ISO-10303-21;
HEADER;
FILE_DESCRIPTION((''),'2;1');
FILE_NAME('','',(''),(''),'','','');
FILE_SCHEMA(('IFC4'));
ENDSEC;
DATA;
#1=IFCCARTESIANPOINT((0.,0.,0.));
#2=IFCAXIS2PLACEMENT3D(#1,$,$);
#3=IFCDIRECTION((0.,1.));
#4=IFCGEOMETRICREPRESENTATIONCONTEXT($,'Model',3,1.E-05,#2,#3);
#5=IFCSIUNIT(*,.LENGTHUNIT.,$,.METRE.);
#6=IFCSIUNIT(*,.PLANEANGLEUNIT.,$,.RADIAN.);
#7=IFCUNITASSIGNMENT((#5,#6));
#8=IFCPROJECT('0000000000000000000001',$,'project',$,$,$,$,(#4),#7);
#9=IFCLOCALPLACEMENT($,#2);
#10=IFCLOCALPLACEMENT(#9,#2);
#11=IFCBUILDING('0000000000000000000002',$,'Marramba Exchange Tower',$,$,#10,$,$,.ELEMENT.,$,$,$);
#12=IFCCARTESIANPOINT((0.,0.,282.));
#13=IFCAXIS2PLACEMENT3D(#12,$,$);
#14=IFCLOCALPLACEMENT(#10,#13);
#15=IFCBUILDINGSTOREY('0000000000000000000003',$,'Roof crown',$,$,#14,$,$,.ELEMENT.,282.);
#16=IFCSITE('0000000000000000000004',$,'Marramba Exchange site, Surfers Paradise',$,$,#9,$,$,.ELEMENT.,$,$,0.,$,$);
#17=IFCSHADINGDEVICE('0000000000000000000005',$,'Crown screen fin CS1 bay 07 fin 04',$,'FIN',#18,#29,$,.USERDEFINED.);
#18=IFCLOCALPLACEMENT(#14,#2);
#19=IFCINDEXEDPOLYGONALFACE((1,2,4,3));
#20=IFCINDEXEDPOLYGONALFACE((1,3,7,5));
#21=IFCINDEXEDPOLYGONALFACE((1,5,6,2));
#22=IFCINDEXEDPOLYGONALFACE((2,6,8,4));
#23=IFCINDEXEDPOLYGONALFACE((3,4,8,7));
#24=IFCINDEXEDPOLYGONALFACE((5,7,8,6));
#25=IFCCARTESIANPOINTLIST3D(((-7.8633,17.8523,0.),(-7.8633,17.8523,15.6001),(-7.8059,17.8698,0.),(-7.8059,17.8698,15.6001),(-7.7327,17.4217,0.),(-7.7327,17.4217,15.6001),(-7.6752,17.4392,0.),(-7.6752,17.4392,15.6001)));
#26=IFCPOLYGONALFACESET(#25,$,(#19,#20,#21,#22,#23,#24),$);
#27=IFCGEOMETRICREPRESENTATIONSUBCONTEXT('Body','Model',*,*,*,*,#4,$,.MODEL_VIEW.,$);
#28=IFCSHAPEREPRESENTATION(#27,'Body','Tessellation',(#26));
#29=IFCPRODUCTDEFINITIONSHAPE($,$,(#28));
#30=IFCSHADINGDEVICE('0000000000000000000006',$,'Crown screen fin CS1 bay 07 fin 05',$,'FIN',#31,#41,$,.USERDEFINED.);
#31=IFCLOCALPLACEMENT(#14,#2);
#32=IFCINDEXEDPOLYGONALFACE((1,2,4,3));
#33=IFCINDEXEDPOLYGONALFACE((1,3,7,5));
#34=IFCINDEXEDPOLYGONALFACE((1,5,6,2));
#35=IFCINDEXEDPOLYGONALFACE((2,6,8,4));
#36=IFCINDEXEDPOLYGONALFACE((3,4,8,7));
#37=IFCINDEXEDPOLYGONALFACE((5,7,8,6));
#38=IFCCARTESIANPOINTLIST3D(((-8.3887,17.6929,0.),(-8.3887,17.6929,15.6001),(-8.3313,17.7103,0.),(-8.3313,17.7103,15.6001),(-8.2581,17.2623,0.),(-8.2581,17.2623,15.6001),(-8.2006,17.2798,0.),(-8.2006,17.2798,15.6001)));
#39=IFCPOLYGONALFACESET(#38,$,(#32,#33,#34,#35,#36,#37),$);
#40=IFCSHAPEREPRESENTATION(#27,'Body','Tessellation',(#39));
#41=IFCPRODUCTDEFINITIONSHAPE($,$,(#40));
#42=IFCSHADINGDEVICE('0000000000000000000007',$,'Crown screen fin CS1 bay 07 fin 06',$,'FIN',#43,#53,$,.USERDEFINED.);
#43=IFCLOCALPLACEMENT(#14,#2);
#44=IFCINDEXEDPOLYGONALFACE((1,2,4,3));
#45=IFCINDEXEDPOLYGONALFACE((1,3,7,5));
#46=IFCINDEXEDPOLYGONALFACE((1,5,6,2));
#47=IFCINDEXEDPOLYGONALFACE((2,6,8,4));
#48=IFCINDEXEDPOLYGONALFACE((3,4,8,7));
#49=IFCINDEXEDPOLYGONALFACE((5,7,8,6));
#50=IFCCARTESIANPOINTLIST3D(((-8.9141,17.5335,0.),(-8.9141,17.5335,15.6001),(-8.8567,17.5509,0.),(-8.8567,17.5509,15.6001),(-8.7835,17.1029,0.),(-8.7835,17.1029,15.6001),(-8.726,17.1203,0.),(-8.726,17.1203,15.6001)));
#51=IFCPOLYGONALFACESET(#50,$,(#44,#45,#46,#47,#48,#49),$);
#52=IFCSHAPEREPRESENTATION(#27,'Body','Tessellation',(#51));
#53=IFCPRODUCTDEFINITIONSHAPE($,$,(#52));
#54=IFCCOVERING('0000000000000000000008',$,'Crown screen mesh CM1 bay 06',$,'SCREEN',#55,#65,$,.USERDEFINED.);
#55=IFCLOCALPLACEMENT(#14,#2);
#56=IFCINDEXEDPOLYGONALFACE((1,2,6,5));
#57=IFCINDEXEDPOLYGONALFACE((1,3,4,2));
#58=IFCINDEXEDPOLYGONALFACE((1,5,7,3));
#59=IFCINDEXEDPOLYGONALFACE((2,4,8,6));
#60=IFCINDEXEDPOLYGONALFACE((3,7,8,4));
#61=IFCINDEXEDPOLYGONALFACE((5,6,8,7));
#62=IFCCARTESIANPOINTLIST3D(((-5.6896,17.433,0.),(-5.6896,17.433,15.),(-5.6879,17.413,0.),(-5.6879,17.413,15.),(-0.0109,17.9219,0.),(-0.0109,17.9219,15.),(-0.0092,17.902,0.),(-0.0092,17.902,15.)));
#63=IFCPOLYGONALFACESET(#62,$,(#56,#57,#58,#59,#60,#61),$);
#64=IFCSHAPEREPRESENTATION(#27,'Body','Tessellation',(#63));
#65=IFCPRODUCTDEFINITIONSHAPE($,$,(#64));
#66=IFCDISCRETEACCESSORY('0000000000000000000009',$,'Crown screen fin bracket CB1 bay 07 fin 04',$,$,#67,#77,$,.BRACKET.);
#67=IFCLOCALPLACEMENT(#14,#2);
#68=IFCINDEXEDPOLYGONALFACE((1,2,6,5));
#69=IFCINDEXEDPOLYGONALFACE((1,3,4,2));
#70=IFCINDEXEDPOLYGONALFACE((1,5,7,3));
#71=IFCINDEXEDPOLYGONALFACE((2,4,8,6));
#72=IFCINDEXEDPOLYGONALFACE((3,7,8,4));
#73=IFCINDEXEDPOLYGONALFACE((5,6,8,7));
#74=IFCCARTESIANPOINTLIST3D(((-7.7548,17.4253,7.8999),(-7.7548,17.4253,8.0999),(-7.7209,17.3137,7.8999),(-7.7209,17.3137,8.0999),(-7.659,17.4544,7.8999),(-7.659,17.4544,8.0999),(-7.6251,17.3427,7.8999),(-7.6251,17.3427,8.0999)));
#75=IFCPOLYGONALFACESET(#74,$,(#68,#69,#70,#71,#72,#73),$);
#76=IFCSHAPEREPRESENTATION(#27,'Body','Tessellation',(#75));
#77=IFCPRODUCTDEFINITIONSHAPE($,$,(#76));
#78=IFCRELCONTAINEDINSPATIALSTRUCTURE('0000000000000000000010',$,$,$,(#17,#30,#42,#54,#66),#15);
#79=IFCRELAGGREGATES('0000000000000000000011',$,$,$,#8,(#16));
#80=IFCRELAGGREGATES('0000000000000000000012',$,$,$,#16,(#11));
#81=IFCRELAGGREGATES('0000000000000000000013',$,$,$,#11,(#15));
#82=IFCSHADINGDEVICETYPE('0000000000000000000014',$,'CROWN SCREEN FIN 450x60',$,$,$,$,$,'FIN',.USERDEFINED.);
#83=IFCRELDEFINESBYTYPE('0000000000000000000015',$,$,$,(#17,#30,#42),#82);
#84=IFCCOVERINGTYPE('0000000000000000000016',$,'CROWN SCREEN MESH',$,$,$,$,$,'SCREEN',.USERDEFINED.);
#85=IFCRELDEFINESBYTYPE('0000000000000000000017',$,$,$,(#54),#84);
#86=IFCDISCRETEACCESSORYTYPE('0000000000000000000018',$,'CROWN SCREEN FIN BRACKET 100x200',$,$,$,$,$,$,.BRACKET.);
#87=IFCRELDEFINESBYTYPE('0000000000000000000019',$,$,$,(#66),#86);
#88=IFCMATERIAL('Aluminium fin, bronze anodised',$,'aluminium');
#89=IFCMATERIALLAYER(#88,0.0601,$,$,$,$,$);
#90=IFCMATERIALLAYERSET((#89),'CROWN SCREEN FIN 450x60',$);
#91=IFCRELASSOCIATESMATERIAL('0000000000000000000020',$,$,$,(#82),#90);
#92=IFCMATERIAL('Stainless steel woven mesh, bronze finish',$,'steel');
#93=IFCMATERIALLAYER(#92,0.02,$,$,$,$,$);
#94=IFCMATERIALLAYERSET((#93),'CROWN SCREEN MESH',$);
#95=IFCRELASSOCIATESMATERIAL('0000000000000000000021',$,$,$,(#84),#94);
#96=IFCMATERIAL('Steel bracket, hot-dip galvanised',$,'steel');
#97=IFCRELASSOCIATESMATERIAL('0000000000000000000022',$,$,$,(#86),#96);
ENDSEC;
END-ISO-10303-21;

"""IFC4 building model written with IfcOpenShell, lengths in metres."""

from ifc_helpers import new_model, si_unit, direction, frame, origin, origin_2d, place, context, subcontext, project, spatial, rectangle, extrude, material, layer, layer_set, type_object, element, save


model = new_model("IFC4")

# Units and contexts
model_context = context("Model", 3, precision=1e-05, world=origin(), true_north=direction((0.0, 1.0)))
body_context = subcontext(model_context, "Body", "Model", "MODEL_VIEW")
ifc_project = project(units=[si_unit("LENGTHUNIT", "METRE"), si_unit("PLANEANGLEUNIT", "RADIAN")], contexts=[model_context])

# Site, building, storey
site_placement = place(None, origin())
site = spatial("IfcSite", under=ifc_project, at=site_placement, Name="Marramba Exchange site, Surfers Paradise", CompositionType="ELEMENT", RefElevation=0.0)
building_placement = place(site_placement, origin())
building = spatial("IfcBuilding", under=site, at=building_placement, Name="Marramba Exchange Tower", CompositionType="ELEMENT")
storey_placement = place(building_placement, frame((0.0, 0.0, 282.0)))
storey = spatial("IfcBuildingStorey", under=building, at=storey_placement, Name="Roof crown", CompositionType="ELEMENT", Elevation=282.0)

# Shading devices
ifc_material_1 = material(Name="Aluminium fin, bronze anodised", Category="aluminium")
ifc_layer_1 = layer(ifc_material_1, 0.0601)
ifc_layer_set_1 = layer_set([ifc_layer_1], Name="CROWN SCREEN FIN 450x60")
shading_device_type = type_object("IfcShadingDeviceType", Name="CROWN SCREEN FIN 450x60", ElementType="FIN", PredefinedType="USERDEFINED", material=ifc_layer_set_1)
for number, where, z_axis, x_axis, name in (
    (1, (-7.7693, 17.6458, 0.0), (0.0, 0.0, 1.0), (-0.290352, 0.95692, 0.0), "Crown screen fin CS1 bay 07 fin 04"),
    (2, (-8.2947, 17.4863, 0.0), (0.0, 0.0, 1.0), (-0.290352, 0.95692, 0.0), "Crown screen fin CS1 bay 07 fin 05"),
    (3, (-8.8201, 17.3269, 0.0), (0.0, 0.0, 1.0), (-0.290352, 0.95692, 0.0), "Crown screen fin CS1 bay 07 fin 06"),
):
    element("IfcShadingDevice", number, at=place(storey_placement, frame(where, z_axis=z_axis, x_axis=x_axis)), inside=storey, type_object=shading_device_type, Name=name, ObjectType="FIN", PredefinedType="USERDEFINED", context=body_context, shape_type="SweptSolid", body=[
        extrude(rectangle(XDim=0.45, YDim=0.0601, at=origin_2d()), origin(), (0.0, 0.0, 1.0), 15.6001),
    ])

# Covering
ifc_material_2 = material(Name="Stainless steel woven mesh, bronze finish", Category="steel")
ifc_layer_2 = layer(ifc_material_2, 0.02)
ifc_layer_set_2 = layer_set([ifc_layer_2], Name="CROWN SCREEN MESH")
covering_type = type_object("IfcCoveringType", Name="CROWN SCREEN MESH", ElementType="SCREEN", PredefinedType="USERDEFINED", material=ifc_layer_set_2)
covering_placement = place(storey_placement, frame((-2.8494, 17.6675, 0.0), z_axis=(0.0, 0.0, 1.0), x_axis=(-0.996314, -0.085783, 0.0)))
element("IfcCovering", 4, at=covering_placement, inside=storey, type_object=covering_type, Name="Crown screen mesh CM1 bay 06", ObjectType="SCREEN", PredefinedType="USERDEFINED", context=body_context, shape_type="SweptSolid", body=[
    extrude(rectangle(XDim=5.6997, YDim=0.02, at=origin_2d()), origin(), (0.0, 0.0, 1.0), 15.0),
])

# Discrete accessory
ifc_material_3 = material(Name="Steel bracket, hot-dip galvanised", Category="steel")
discrete_accessory_type = type_object("IfcDiscreteAccessoryType", Name="CROWN SCREEN FIN BRACKET 100x200", PredefinedType="BRACKET", material=ifc_material_3)
discrete_accessory_placement = place(storey_placement, frame((-7.6899, 17.384, 7.8999), z_axis=(0.0, 0.0, 1.0), x_axis=(-0.95692, -0.290352, 0.0)))
element("IfcDiscreteAccessory", 5, at=discrete_accessory_placement, inside=storey, type_object=discrete_accessory_type, Name="Crown screen fin bracket CB1 bay 07 fin 04", PredefinedType="BRACKET", context=body_context, shape_type="SweptSolid", body=[
    extrude(rectangle(XDim=0.1001, YDim=0.1167, at=origin_2d()), origin(), (0.0, 0.0, 1.0), 0.2),
])

save(model, "model.ifc")
